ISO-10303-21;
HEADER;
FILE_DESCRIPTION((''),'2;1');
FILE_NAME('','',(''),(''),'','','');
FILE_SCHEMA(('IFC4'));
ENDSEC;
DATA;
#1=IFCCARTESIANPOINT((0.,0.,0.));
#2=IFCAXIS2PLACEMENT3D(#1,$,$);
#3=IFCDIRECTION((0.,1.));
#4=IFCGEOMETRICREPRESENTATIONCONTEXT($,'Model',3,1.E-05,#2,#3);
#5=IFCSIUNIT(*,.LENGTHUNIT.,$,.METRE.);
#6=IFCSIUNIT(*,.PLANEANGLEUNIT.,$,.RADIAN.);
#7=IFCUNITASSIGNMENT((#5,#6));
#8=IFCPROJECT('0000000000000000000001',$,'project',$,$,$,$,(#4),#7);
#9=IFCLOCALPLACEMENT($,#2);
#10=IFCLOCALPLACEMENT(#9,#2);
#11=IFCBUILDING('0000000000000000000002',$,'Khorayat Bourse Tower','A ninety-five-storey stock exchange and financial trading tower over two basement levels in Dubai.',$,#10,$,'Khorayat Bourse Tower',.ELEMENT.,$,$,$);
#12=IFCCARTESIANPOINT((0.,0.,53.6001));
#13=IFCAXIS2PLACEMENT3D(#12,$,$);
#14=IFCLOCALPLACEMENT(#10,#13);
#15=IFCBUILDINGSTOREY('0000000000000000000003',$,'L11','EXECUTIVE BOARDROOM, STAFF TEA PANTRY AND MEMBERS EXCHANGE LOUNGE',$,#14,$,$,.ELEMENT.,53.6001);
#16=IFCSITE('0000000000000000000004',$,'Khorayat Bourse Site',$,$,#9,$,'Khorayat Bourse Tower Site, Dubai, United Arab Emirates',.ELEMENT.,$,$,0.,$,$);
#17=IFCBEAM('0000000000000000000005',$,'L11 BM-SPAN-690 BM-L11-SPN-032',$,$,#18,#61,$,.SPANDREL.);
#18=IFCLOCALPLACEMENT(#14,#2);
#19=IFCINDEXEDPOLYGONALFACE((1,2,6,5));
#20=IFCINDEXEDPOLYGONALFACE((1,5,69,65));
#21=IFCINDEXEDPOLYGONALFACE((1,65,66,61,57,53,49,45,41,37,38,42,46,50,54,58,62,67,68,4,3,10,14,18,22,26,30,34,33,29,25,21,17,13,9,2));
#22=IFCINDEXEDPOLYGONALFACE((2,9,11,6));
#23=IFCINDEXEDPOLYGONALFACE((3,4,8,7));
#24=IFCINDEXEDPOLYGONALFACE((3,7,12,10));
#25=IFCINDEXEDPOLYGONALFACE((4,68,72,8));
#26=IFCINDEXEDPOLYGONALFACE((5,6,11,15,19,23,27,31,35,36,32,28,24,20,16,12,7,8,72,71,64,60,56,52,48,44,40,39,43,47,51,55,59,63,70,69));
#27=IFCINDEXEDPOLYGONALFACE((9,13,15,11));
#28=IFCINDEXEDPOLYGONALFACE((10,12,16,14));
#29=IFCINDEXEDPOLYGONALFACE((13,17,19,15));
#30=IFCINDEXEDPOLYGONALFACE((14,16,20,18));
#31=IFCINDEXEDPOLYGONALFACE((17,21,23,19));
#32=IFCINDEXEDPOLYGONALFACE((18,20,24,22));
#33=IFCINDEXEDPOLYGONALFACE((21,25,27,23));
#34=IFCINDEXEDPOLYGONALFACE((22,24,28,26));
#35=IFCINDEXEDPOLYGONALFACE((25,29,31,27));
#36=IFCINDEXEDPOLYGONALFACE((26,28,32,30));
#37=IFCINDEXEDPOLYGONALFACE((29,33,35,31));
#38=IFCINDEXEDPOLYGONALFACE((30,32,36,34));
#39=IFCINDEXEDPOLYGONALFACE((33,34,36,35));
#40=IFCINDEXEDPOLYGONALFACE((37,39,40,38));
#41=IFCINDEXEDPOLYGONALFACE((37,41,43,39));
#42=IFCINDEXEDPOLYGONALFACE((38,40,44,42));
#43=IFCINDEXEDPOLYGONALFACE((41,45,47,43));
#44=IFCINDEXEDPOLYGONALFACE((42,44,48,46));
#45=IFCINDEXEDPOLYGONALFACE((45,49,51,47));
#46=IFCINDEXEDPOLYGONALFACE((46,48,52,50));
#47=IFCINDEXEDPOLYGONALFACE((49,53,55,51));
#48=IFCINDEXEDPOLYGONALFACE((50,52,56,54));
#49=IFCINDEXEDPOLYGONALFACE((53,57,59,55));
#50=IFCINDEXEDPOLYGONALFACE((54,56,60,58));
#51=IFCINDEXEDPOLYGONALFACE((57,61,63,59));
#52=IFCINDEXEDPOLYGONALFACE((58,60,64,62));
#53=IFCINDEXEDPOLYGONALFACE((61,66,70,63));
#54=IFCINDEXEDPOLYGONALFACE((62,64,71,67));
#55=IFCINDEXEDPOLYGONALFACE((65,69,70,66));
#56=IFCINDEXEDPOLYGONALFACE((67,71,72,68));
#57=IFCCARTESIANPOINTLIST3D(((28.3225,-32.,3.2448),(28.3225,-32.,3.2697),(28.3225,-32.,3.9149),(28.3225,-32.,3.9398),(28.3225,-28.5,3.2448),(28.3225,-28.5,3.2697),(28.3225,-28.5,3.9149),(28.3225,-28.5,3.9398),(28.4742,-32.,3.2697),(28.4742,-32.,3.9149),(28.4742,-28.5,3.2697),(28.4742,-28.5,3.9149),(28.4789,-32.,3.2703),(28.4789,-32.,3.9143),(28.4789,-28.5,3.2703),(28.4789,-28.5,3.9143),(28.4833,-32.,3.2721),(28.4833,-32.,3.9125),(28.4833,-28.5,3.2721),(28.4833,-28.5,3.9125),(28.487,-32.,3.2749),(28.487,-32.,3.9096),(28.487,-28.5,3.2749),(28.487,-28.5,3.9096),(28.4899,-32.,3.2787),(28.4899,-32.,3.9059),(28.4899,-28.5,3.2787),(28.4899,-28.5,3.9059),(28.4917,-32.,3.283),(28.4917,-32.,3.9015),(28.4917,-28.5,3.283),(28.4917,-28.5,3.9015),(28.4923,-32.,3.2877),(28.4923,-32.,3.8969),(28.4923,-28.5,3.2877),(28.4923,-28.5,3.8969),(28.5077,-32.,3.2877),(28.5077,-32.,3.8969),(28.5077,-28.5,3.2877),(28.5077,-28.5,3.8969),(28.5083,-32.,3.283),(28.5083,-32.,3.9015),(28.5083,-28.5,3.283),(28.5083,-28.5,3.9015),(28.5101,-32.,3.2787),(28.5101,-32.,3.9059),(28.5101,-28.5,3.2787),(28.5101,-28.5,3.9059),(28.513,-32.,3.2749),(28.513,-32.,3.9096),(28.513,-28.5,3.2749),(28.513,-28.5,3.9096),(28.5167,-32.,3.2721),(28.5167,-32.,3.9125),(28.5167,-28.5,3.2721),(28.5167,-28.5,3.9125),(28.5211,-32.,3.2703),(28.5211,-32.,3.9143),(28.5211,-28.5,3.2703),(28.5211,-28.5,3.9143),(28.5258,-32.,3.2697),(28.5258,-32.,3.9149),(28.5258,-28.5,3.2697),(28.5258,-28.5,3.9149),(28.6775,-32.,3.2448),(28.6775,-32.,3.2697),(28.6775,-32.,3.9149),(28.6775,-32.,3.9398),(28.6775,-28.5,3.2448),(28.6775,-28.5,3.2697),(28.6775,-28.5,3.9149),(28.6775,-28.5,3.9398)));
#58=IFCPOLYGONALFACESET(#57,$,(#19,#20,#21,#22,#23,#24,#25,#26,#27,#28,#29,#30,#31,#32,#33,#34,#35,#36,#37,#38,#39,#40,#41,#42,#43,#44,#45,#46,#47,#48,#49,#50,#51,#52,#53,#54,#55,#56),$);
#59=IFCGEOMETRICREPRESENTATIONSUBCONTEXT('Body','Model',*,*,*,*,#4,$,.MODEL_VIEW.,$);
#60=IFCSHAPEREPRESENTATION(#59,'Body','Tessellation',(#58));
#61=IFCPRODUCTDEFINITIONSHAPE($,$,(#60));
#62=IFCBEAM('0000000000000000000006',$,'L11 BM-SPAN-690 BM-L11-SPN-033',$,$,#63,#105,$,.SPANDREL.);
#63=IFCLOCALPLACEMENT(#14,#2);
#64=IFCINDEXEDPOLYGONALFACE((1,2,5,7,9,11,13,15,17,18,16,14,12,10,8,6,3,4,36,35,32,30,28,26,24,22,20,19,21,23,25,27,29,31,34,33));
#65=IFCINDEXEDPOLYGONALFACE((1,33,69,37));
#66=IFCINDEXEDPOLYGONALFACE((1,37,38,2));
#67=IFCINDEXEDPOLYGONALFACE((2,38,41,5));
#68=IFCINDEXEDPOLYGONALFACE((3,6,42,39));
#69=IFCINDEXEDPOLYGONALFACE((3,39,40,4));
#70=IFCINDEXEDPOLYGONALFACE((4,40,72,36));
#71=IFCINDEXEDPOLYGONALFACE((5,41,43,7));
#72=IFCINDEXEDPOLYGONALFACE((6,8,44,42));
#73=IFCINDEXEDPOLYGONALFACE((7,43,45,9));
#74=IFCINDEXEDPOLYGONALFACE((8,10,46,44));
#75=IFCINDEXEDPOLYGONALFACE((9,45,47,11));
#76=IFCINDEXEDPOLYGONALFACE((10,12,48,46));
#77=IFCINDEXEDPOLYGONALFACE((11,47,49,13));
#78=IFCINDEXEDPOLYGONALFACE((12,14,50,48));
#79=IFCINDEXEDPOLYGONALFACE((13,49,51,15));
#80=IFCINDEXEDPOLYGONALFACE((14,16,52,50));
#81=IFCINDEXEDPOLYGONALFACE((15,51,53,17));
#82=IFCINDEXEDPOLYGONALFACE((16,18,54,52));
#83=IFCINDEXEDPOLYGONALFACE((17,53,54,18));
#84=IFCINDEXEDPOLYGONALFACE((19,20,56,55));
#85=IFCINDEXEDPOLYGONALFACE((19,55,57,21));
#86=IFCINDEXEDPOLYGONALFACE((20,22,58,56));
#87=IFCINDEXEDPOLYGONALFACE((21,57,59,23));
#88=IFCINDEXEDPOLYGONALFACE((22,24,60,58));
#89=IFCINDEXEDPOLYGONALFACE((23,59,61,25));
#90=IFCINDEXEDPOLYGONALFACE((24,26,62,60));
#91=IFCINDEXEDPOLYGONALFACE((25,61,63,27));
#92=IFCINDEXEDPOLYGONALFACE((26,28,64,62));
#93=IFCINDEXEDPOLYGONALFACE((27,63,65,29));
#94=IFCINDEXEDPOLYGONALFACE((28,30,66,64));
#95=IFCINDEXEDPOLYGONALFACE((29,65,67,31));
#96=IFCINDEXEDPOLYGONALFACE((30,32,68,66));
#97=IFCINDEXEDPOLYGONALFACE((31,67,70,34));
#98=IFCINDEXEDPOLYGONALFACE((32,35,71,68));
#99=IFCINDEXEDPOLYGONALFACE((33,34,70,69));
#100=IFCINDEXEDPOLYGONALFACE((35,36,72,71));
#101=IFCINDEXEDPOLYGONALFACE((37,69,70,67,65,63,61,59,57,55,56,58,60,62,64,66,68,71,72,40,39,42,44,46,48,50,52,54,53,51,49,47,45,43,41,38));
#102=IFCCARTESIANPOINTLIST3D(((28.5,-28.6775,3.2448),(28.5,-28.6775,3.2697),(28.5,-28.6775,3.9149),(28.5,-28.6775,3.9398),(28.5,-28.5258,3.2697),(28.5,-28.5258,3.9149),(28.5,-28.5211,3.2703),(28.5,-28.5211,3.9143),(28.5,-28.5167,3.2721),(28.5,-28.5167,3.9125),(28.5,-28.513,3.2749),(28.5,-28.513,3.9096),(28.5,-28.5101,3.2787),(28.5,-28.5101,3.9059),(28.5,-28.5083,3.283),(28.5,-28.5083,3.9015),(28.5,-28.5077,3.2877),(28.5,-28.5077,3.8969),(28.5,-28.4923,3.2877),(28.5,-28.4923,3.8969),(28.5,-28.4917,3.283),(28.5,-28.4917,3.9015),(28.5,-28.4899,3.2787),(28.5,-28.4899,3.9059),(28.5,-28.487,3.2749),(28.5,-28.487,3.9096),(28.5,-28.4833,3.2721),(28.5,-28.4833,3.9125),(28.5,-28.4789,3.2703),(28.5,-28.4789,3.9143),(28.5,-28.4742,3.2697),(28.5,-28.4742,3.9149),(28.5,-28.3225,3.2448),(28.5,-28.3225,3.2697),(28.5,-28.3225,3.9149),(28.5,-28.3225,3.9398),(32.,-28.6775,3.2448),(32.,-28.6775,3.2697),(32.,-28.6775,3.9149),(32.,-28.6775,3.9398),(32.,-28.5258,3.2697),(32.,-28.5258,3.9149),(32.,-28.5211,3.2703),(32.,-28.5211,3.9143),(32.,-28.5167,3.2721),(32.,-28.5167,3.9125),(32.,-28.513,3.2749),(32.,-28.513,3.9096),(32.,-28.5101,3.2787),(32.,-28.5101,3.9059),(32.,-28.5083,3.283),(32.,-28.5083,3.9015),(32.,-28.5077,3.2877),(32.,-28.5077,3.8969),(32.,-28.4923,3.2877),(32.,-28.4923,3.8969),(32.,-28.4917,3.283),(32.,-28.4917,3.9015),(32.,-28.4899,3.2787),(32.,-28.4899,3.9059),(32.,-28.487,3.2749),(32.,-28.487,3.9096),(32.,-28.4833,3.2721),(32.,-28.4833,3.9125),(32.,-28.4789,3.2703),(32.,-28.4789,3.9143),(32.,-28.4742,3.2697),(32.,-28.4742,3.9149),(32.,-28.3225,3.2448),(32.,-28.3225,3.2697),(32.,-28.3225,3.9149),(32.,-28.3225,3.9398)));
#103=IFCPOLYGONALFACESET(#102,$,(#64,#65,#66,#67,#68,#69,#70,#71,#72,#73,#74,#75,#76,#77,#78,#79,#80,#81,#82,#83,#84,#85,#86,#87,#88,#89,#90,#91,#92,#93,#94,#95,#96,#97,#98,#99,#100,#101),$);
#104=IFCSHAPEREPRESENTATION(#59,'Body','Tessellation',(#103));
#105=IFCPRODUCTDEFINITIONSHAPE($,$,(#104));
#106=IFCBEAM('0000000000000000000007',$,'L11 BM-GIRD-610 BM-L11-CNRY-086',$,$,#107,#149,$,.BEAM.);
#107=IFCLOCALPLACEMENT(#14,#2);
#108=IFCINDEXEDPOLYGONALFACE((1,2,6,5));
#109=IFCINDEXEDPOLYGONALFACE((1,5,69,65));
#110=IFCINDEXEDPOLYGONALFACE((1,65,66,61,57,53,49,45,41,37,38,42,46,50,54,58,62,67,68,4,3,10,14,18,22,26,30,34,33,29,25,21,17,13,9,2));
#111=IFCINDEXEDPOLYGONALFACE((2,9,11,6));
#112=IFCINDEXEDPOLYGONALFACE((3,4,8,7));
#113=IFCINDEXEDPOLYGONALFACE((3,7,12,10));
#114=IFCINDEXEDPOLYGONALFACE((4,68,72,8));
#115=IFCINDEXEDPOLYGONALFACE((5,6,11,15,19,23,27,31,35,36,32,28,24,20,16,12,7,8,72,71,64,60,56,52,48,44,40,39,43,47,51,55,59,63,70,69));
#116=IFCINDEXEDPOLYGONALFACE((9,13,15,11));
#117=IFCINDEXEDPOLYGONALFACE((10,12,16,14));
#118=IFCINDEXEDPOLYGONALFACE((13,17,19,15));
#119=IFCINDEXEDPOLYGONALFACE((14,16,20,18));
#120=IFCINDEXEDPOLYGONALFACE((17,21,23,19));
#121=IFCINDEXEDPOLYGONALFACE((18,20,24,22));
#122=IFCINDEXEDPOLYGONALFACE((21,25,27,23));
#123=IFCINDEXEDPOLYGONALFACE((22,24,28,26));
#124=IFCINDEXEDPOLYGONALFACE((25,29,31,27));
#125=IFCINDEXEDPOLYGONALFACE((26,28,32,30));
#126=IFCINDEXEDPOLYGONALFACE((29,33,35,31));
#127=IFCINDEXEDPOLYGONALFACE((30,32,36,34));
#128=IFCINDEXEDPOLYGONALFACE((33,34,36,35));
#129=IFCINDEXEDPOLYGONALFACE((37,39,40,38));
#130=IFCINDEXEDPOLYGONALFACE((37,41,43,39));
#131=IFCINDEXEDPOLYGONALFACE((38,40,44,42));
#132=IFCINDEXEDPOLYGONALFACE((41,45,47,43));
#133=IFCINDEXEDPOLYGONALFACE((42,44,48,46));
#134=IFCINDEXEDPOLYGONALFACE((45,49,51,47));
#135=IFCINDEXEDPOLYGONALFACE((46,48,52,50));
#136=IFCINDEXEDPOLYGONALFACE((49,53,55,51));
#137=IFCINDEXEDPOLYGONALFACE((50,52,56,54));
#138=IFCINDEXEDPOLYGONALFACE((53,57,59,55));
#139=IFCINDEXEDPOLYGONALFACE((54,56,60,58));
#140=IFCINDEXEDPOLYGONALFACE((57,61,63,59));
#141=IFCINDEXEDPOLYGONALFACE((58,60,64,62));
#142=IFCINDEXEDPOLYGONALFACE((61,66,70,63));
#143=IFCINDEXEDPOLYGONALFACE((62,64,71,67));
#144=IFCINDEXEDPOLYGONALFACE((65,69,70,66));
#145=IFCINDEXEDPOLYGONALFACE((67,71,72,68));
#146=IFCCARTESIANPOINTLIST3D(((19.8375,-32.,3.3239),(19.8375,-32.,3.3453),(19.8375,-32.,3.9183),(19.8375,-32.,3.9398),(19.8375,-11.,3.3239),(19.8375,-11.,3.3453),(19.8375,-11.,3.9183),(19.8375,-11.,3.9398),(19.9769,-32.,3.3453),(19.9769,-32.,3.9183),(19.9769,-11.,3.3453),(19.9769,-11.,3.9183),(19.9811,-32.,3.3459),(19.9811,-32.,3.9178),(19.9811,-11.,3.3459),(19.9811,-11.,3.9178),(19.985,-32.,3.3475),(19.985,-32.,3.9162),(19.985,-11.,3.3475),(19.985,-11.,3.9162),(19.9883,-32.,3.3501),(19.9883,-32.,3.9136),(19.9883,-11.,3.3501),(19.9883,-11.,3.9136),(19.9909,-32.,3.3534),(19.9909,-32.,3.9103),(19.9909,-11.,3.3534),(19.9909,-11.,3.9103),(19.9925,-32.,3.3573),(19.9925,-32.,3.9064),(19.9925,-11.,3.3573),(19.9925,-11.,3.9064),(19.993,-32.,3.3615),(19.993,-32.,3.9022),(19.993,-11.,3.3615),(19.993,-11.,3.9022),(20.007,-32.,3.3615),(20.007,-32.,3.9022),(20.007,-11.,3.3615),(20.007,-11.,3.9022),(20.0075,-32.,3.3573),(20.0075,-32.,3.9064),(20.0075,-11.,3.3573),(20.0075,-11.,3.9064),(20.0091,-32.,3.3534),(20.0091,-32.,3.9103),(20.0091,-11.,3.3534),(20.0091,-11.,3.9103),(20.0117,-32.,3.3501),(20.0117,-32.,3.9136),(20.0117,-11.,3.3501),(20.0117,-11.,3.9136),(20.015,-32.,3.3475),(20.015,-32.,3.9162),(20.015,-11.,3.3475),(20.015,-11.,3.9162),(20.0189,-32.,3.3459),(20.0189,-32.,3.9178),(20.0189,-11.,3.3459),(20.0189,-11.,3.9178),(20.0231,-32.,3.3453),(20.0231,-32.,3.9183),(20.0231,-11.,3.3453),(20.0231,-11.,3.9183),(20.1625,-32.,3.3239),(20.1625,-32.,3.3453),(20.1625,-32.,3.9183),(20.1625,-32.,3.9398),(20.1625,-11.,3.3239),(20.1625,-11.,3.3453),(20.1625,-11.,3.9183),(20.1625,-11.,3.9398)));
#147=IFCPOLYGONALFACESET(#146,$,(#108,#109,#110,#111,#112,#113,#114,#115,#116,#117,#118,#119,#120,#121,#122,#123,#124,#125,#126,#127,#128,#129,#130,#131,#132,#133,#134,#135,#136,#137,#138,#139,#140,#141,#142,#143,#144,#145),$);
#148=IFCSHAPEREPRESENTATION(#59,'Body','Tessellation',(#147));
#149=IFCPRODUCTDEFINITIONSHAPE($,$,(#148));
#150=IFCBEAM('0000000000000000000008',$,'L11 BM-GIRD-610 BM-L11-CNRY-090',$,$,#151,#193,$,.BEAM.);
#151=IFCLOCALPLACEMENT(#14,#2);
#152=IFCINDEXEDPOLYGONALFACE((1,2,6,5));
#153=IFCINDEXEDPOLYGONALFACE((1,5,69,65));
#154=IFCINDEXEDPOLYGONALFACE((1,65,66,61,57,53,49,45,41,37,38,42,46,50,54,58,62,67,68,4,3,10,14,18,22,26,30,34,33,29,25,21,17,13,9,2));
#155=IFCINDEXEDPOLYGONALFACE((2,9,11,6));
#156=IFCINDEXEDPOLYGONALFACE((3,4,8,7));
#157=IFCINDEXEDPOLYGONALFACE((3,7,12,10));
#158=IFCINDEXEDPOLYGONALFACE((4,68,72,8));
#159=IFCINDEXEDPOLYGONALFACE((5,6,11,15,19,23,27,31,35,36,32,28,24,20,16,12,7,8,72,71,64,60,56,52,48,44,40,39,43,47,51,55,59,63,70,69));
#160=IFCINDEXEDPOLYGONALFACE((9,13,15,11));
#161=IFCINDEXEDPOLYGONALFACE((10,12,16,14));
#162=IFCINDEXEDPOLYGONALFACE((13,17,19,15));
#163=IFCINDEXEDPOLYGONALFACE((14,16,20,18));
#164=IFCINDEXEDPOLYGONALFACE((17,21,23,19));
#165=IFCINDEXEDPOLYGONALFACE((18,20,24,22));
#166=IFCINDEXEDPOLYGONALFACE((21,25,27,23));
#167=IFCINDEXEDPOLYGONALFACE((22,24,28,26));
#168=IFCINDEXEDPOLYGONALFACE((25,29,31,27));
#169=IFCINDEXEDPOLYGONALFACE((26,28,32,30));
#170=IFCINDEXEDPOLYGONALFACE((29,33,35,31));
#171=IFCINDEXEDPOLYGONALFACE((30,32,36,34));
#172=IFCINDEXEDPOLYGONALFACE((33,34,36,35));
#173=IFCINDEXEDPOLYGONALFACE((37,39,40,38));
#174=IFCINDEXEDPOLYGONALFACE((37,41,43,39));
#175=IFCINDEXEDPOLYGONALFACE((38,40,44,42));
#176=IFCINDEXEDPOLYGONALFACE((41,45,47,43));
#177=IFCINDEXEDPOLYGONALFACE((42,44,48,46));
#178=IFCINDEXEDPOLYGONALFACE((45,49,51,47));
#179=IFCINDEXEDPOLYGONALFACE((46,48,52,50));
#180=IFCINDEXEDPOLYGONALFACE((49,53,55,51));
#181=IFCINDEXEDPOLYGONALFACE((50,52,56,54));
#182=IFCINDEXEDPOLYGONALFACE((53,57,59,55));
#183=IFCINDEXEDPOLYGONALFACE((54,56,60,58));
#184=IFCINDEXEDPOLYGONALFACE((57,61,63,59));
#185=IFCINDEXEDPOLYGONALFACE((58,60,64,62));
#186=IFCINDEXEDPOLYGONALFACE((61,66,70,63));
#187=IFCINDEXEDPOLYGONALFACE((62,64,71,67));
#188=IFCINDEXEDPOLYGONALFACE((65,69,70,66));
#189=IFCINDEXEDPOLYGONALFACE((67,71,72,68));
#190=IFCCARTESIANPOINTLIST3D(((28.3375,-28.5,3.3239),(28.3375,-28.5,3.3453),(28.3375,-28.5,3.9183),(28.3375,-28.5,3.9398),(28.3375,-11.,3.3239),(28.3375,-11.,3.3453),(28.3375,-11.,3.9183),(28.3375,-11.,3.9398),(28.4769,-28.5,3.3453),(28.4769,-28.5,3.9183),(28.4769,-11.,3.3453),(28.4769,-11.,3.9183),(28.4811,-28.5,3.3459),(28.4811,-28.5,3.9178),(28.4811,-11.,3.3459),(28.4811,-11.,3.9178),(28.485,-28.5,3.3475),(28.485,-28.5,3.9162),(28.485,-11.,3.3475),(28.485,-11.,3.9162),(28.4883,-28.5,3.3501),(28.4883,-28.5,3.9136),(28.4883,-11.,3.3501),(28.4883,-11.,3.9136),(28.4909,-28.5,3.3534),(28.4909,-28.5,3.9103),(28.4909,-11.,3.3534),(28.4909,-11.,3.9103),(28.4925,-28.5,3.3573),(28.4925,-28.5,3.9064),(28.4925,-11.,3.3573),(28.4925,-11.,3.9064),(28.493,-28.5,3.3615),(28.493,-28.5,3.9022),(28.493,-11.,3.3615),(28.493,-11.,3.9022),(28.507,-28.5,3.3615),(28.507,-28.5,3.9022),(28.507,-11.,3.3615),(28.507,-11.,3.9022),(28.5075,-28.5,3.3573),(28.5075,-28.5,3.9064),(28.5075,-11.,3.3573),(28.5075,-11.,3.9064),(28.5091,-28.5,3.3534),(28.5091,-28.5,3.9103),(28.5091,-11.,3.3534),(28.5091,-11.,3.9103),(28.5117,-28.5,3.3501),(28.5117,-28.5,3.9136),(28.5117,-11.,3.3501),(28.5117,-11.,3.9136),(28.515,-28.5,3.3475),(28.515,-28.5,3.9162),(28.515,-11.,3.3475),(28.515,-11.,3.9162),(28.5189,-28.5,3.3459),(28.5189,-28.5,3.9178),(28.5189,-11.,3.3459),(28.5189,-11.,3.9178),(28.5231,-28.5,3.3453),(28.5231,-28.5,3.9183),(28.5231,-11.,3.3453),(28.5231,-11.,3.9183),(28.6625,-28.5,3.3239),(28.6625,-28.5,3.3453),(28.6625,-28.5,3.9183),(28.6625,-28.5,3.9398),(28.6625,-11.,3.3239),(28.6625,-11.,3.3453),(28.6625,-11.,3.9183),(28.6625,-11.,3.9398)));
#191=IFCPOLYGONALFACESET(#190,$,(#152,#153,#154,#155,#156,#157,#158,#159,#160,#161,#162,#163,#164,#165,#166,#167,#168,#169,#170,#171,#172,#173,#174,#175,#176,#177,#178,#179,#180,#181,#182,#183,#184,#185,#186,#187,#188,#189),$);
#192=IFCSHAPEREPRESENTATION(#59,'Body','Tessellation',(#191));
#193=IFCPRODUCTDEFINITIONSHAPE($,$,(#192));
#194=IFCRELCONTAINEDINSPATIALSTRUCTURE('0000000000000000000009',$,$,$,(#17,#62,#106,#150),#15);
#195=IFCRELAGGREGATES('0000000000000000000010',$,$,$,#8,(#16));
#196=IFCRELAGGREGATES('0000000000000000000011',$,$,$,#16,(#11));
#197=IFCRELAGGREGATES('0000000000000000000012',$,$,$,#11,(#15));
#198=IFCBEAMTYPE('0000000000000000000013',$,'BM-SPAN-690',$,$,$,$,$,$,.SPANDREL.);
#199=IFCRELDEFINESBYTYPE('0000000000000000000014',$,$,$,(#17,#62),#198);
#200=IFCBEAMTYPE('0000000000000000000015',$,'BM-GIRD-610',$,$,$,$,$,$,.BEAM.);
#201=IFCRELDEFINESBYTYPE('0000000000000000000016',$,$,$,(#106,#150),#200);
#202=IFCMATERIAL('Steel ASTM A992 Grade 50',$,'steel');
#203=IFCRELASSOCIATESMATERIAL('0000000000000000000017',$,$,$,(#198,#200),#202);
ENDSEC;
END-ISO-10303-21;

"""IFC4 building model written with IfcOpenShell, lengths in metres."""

from ifc_helpers import new_model, si_unit, direction, frame, origin, origin_2d, place, context, subcontext, project, spatial, i_section, extrude, source, transform, mapped, material, material_profile, profile_set, type_object, element, save


model = new_model("IFC4")

# Units and contexts
model_context = context("Model", 3, precision=1e-05, world=origin(), true_north=direction((0.0, 1.0)))
body_context = subcontext(model_context, "Body", "Model", "MODEL_VIEW")
ifc_project = project(units=[si_unit("LENGTHUNIT", "METRE"), si_unit("PLANEANGLEUNIT", "RADIAN")], contexts=[model_context])

# Site, building, storey
site_placement = place(None, origin())
site = spatial("IfcSite", under=ifc_project, at=site_placement, Name="Khorayat Bourse Site", LongName="Khorayat Bourse Tower Site, Dubai, United Arab Emirates", CompositionType="ELEMENT", RefElevation=0.0)
building_placement = place(site_placement, origin())
building = spatial("IfcBuilding", under=site, at=building_placement, Name="Khorayat Bourse Tower", Description="A ninety-five-storey stock exchange and financial trading tower over two basement levels in Dubai.", LongName="Khorayat Bourse Tower", CompositionType="ELEMENT")
storey_placement = place(building_placement, frame((0.0, 0.0, 53.6001)))
storey = spatial("IfcBuildingStorey", under=building, at=storey_placement, Name="L11", Description="EXECUTIVE BOARDROOM, STAFF TEA PANTRY AND MEMBERS EXCHANGE LOUNGE", CompositionType="ELEMENT", Elevation=53.6001)

# Beams
ifc_material_1 = material(Name="Steel ASTM A992 Grade 50", Category="steel")
ifc_material_profile_1 = material_profile(ifc_material_1, i_section(OverallWidth=0.355, OverallDepth=0.6951, WebThickness=0.0154, FlangeThickness=0.0249, FilletRadius=0.0181, at=origin_2d()), Name="W690X217")
ifc_profile_set_1 = profile_set([ifc_material_profile_1], Name="Steel ASTM A992 Grade 50")
beam_type_1 = type_object("IfcBeamType", Name="BM-SPAN-690", PredefinedType="SPANDREL", material=ifc_profile_set_1)
shared_shape_1 = source(origin(), body_context, "Body", "SweptSolid", [
    extrude(i_section(OverallWidth=0.355, OverallDepth=0.6951, WebThickness=0.0154, FlangeThickness=0.0249, FilletRadius=0.0181, at=origin_2d()), origin(), (0.0, 0.0, 1.0), 3.5),
])
for number, where, z_axis, x_axis, name in (
    (1, (28.5, -32.0, 3.5923), (0.0, 1.0, 0.0), (-1.0, 0.0, 0.0), "L11 BM-SPAN-690 BM-L11-SPN-032"),
    (2, (28.5, -28.5, 3.5923), (1.0, 0.0, 0.0), (0.0, 1.0, 0.0), "L11 BM-SPAN-690 BM-L11-SPN-033"),
):
    element("IfcBeam", number, at=place(storey_placement, frame(where, z_axis=z_axis, x_axis=x_axis)), inside=storey, type_object=beam_type_1, Name=name, PredefinedType="SPANDREL", context=body_context, shape_type="MappedRepresentation", body=[
        mapped(shared_shape_1, transform((0.0, 0.0, 0.0), scale=1.0)),
    ])
ifc_material_profile_2 = material_profile(ifc_material_1, i_section(OverallWidth=0.325, OverallDepth=0.616, WebThickness=0.0139, FlangeThickness=0.0215, FilletRadius=0.0161, at=origin_2d()), Name="W610X174")
ifc_profile_set_2 = profile_set([ifc_material_profile_2], Name="Steel ASTM A992 Grade 50")
beam_type_2 = type_object("IfcBeamType", Name="BM-GIRD-610", PredefinedType="BEAM", material=ifc_profile_set_2)
shared_shape_2 = source(origin(), body_context, "Body", "SweptSolid", [
    extrude(i_section(OverallWidth=0.325, OverallDepth=0.616, WebThickness=0.0139, FlangeThickness=0.0215, FilletRadius=0.0161, at=origin_2d()), origin(), (0.0, 0.0, 1.0), 21.0),
])
beam_1_placement = place(storey_placement, frame((20.0, -32.0, 3.6318), z_axis=(0.0, 1.0, 0.0), x_axis=(-1.0, 0.0, 0.0)))
element("IfcBeam", 3, at=beam_1_placement, inside=storey, type_object=beam_type_2, Name="L11 BM-GIRD-610 BM-L11-CNRY-086", PredefinedType="BEAM", context=body_context, shape_type="MappedRepresentation", body=[
    mapped(shared_shape_2, transform((0.0, 0.0, 0.0), scale=1.0)),
])
shared_shape_3 = source(origin(), body_context, "Body", "SweptSolid", [
    extrude(i_section(OverallWidth=0.325, OverallDepth=0.616, WebThickness=0.0139, FlangeThickness=0.0215, FilletRadius=0.0161, at=origin_2d()), origin(), (0.0, 0.0, 1.0), 17.5),
])
beam_2_placement = place(storey_placement, frame((28.5, -28.5, 3.6318), z_axis=(0.0, 1.0, 0.0), x_axis=(-1.0, 0.0, 0.0)))
element("IfcBeam", 4, at=beam_2_placement, inside=storey, type_object=beam_type_2, Name="L11 BM-GIRD-610 BM-L11-CNRY-090", PredefinedType="BEAM", context=body_context, shape_type="MappedRepresentation", body=[
    mapped(shared_shape_3, transform((0.0, 0.0, 0.0), scale=1.0)),
])

save(model, "model.ifc")
